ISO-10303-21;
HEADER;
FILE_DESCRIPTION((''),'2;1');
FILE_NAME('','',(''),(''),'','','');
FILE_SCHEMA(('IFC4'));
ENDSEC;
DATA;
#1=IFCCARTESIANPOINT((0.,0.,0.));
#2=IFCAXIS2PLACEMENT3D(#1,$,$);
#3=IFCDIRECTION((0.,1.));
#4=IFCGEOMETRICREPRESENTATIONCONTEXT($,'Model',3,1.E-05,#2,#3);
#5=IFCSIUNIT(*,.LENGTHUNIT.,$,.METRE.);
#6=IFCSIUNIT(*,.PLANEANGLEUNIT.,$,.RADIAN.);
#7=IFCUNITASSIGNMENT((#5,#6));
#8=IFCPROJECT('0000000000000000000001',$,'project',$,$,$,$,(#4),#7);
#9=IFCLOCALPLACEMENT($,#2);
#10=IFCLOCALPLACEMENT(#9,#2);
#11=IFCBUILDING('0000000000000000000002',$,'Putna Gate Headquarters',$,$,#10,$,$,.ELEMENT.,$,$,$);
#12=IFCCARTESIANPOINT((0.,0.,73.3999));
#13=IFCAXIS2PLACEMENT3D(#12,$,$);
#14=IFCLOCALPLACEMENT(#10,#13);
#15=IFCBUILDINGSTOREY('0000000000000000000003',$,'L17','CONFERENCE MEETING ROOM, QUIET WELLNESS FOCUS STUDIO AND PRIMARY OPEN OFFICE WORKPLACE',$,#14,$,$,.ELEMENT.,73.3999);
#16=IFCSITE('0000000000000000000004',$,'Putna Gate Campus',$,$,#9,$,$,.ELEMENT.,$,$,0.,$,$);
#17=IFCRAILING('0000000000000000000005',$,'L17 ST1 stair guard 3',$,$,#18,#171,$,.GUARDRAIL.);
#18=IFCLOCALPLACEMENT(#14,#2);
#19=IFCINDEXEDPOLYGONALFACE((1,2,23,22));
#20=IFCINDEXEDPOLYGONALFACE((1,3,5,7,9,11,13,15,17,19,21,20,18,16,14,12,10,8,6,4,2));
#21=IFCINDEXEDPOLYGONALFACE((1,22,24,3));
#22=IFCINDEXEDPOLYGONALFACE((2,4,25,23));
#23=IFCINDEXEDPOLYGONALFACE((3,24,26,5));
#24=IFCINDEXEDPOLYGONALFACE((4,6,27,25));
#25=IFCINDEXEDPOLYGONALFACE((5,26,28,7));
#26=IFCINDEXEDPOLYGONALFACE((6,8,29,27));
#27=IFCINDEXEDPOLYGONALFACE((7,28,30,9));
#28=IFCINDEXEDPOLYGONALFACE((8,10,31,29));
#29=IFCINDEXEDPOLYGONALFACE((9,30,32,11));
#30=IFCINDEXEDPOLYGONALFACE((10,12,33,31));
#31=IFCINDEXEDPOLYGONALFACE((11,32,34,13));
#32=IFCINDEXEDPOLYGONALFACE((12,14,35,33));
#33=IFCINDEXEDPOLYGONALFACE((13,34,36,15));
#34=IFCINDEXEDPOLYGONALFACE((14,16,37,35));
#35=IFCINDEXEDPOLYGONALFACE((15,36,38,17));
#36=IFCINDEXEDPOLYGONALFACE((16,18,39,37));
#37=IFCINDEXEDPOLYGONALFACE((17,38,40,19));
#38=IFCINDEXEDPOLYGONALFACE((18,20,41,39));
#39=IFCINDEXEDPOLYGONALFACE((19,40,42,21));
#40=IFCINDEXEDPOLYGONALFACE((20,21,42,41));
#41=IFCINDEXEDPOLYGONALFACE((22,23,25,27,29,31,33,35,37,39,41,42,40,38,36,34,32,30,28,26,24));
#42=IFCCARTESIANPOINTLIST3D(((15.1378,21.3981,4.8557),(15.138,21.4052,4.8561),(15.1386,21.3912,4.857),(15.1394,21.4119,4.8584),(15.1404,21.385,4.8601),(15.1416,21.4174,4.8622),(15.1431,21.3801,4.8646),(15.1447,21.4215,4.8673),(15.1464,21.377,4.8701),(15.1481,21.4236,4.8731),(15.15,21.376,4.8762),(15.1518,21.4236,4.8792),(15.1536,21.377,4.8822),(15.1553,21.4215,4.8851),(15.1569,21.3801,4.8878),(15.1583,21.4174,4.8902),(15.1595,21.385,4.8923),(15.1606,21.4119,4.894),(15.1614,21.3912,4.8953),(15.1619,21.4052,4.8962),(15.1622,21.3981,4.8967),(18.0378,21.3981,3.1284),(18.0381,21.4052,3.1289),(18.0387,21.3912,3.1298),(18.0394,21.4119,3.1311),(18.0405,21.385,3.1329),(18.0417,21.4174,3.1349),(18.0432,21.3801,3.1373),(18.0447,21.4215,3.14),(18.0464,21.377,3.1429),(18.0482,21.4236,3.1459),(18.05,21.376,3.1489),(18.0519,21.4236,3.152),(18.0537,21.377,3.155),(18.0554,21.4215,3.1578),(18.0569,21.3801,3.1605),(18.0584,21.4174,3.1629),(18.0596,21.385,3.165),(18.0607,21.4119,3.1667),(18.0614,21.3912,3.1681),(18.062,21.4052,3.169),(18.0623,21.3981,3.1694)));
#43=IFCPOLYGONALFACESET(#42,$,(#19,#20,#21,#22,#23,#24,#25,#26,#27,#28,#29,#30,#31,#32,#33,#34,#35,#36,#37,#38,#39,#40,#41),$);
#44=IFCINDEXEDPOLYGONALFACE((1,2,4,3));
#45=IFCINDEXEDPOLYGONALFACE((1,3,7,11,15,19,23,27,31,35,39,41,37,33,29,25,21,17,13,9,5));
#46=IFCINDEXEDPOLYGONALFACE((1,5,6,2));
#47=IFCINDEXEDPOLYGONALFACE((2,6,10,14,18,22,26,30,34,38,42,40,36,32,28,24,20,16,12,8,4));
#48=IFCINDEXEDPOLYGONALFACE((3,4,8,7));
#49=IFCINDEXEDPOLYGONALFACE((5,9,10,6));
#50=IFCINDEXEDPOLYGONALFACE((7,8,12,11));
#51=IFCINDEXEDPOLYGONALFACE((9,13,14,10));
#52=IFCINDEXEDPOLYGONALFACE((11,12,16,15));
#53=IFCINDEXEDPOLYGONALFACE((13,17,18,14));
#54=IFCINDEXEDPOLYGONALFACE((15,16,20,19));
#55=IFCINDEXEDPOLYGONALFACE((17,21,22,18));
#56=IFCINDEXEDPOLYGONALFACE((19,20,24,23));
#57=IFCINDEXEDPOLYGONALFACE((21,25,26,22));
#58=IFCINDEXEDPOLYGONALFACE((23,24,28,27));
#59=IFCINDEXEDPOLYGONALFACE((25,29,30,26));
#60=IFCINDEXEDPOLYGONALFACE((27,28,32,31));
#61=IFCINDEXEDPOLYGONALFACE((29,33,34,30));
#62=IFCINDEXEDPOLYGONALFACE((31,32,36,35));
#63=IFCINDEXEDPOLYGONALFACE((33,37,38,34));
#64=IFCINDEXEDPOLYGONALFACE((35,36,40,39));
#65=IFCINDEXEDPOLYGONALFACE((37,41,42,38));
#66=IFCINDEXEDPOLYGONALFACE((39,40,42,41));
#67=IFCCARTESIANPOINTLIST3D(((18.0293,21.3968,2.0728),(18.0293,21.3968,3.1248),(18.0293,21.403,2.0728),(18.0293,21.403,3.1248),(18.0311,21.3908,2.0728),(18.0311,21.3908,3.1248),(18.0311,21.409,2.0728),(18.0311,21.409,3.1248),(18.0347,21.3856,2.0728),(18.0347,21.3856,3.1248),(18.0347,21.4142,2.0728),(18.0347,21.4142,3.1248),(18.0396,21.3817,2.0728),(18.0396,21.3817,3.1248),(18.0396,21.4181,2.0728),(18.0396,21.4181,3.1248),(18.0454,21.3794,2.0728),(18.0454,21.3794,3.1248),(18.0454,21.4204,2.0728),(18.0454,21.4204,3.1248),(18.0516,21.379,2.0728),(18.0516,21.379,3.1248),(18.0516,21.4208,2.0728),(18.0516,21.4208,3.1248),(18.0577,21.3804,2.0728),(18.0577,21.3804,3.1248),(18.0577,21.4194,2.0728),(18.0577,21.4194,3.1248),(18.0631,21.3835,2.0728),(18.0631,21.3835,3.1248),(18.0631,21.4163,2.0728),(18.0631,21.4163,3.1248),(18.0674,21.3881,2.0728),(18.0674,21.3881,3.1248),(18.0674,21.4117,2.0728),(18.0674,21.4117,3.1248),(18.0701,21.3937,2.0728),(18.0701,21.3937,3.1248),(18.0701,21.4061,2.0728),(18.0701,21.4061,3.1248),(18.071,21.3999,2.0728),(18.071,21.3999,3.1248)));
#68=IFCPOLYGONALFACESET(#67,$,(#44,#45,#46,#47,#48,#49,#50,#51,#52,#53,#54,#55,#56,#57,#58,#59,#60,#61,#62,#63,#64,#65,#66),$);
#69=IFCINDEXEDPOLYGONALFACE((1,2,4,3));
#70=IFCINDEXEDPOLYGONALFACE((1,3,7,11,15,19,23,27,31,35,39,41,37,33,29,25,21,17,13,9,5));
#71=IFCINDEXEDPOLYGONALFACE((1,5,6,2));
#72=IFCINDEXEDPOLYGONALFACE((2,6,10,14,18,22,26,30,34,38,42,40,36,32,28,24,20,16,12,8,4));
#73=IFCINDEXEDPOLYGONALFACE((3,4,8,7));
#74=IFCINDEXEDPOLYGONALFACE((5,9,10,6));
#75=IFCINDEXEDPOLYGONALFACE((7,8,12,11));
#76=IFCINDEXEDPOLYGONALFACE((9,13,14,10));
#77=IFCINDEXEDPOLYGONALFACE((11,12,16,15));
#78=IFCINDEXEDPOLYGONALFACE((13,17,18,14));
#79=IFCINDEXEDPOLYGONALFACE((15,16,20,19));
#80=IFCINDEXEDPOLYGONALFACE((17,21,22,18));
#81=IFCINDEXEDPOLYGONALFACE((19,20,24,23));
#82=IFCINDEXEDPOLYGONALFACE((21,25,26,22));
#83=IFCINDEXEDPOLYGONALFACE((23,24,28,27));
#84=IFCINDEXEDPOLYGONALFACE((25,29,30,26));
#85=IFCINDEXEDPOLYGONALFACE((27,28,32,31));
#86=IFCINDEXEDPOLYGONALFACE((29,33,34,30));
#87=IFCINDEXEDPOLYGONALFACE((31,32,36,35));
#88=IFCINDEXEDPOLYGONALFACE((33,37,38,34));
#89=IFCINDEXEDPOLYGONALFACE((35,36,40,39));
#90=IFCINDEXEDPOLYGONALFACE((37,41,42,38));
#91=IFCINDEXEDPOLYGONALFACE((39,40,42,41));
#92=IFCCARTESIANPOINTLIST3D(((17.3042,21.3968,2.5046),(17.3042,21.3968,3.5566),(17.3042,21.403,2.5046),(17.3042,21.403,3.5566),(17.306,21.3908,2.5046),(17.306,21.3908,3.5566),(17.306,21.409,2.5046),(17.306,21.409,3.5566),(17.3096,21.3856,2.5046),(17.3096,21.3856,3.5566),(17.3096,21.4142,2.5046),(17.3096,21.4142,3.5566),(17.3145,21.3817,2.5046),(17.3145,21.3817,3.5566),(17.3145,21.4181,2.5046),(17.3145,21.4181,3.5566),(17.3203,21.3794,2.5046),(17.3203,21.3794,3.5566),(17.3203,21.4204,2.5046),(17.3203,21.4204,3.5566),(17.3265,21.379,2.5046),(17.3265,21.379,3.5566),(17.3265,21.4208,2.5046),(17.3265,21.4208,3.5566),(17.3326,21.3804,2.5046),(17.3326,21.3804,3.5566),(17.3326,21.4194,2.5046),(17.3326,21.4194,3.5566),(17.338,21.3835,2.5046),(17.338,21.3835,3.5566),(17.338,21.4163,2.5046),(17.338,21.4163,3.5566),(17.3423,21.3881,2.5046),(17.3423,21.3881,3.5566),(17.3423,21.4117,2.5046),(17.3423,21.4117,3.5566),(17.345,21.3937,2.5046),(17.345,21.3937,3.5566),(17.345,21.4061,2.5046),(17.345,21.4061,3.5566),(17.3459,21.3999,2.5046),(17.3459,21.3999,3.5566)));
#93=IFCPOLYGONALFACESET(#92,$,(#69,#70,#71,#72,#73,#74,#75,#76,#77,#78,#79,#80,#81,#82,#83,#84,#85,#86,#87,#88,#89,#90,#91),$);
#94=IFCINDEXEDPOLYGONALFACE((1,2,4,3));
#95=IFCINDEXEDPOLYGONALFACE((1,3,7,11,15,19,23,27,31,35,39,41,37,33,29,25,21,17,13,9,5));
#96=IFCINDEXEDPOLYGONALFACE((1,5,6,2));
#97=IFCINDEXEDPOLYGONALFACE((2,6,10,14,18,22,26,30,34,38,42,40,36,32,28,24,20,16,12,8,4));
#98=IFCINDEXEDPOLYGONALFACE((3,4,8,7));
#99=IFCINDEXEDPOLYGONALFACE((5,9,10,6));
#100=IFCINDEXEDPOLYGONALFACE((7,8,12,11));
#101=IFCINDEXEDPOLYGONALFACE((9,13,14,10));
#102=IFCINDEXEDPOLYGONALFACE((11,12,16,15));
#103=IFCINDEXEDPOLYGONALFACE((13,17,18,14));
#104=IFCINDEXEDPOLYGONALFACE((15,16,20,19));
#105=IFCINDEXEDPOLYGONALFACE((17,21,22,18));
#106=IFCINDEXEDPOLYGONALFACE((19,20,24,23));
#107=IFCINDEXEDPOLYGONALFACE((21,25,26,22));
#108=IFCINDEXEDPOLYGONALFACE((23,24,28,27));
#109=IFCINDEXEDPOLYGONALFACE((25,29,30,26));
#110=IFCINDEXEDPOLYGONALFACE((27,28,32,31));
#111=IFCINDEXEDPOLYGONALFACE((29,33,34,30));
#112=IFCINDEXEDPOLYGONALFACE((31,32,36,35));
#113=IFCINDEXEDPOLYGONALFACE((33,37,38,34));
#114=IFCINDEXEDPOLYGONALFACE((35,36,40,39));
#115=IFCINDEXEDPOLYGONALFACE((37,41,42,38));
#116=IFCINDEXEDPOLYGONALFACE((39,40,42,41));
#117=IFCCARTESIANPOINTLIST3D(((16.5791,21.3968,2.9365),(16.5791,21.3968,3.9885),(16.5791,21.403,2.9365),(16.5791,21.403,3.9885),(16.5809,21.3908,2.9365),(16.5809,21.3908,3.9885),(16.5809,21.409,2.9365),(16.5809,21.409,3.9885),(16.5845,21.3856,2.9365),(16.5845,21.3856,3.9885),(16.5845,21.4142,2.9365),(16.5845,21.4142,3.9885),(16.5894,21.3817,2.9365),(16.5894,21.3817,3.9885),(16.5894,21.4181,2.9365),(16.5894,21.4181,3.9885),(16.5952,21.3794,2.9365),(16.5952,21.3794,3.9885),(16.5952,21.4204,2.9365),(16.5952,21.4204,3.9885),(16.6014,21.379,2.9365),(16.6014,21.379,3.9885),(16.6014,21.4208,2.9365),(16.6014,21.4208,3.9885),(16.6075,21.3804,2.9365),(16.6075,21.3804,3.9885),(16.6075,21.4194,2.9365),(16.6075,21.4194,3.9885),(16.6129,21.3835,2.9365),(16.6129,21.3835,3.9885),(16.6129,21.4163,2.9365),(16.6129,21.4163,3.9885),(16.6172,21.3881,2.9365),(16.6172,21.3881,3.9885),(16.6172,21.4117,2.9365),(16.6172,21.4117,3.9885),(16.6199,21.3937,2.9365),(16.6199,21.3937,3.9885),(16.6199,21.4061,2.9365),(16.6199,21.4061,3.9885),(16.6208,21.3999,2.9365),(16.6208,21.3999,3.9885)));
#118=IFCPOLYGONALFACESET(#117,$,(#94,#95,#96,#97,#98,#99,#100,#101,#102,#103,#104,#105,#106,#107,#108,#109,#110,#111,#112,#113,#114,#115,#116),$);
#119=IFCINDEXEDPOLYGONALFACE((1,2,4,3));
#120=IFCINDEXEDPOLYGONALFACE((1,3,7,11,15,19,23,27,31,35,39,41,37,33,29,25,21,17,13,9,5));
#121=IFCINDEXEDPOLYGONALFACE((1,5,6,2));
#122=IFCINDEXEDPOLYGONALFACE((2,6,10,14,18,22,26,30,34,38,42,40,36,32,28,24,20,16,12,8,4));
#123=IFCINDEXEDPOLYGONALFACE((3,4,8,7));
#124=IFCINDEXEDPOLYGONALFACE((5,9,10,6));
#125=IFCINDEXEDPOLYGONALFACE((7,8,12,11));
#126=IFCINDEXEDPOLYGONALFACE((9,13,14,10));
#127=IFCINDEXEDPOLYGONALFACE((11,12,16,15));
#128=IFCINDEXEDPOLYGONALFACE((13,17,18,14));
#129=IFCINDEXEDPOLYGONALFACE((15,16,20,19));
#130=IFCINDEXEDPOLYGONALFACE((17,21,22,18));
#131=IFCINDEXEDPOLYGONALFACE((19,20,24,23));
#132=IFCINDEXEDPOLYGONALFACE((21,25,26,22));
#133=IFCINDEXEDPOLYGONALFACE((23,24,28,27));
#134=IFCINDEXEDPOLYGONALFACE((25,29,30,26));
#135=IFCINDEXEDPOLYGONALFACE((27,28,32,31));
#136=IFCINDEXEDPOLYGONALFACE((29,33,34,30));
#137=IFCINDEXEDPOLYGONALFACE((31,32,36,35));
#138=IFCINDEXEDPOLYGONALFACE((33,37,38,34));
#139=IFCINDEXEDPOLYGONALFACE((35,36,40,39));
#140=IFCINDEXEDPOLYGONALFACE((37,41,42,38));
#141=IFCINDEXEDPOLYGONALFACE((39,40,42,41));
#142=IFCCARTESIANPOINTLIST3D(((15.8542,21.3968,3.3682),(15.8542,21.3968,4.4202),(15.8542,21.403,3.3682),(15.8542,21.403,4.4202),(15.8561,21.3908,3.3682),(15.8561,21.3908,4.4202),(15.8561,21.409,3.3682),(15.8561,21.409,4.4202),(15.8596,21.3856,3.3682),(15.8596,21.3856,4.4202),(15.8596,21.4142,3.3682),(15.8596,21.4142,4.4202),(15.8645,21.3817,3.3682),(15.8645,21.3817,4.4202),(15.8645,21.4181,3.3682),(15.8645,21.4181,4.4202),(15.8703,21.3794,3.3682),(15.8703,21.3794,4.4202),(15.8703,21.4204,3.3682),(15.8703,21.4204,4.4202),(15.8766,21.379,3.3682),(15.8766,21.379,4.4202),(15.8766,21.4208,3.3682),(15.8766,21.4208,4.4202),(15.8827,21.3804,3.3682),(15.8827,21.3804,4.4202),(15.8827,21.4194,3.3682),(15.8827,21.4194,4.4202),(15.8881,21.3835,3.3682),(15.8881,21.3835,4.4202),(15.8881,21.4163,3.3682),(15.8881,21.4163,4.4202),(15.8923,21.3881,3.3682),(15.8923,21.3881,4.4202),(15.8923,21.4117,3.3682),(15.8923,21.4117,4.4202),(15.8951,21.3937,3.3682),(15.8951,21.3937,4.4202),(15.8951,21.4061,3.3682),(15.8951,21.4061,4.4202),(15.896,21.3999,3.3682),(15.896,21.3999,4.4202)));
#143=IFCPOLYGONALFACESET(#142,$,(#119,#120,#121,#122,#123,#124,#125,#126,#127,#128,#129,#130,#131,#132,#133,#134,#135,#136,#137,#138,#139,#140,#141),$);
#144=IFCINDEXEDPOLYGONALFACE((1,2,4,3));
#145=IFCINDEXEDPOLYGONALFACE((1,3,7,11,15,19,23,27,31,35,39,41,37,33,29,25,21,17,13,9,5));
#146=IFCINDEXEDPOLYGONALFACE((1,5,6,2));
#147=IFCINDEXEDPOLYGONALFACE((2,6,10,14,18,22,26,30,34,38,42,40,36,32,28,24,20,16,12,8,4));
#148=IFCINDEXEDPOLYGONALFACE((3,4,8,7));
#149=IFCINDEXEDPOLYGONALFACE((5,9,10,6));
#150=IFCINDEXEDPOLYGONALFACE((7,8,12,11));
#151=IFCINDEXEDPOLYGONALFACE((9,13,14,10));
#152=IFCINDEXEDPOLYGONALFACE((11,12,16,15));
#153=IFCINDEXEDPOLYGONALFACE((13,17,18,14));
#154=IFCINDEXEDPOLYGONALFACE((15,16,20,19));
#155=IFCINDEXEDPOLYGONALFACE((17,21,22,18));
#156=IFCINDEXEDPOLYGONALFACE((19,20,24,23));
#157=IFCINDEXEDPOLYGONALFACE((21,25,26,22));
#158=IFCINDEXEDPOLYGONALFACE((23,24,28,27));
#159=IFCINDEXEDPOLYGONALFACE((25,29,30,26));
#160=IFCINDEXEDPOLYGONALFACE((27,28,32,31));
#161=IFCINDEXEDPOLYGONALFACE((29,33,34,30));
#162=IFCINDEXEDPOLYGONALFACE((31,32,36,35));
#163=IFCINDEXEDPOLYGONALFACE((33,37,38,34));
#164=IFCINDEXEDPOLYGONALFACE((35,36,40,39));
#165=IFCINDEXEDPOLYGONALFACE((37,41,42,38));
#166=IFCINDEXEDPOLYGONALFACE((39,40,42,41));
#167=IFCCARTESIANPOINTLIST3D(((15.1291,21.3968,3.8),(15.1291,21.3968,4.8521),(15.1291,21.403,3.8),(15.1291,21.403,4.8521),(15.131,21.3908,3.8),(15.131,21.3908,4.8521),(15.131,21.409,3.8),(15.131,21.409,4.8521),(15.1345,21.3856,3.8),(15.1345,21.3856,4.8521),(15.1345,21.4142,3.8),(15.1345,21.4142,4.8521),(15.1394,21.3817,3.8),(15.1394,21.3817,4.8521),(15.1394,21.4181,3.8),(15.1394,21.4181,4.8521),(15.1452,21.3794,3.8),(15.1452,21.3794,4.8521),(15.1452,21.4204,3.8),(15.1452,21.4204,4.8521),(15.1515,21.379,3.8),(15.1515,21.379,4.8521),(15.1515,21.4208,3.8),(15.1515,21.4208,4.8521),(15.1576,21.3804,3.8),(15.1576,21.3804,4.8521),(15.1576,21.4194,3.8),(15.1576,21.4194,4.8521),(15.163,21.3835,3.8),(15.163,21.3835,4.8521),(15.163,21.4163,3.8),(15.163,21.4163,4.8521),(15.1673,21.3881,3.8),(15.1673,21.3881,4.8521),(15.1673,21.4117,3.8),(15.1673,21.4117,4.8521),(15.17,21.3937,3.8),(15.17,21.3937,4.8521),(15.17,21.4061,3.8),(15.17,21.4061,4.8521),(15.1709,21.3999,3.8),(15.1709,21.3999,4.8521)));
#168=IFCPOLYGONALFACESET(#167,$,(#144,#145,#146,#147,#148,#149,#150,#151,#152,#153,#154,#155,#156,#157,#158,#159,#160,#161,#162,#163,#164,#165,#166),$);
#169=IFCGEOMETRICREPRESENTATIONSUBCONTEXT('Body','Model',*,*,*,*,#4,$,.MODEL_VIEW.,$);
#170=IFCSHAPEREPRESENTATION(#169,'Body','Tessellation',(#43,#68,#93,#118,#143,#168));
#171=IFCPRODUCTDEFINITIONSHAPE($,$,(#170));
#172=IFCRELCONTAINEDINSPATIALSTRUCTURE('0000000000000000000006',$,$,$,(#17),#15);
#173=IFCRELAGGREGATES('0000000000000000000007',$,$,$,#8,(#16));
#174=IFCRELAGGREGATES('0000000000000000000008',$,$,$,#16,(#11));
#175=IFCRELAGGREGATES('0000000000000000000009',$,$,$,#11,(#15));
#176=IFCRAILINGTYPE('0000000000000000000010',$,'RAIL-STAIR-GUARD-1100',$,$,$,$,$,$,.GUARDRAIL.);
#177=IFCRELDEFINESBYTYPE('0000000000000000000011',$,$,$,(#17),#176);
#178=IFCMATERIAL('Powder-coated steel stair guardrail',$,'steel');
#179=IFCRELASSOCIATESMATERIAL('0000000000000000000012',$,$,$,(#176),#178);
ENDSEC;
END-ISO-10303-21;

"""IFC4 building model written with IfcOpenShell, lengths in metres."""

from ifc_helpers import new_model, si_unit, direction, frame, origin, origin_2d, place, context, subcontext, project, spatial, circle, extrude, material, type_object, element, save


model = new_model("IFC4")

# Units and contexts
model_context = context("Model", 3, precision=1e-05, world=origin(), true_north=direction((0.0, 1.0)))
body_context = subcontext(model_context, "Body", "Model", "MODEL_VIEW")
ifc_project = project(units=[si_unit("LENGTHUNIT", "METRE"), si_unit("PLANEANGLEUNIT", "RADIAN")], contexts=[model_context])

# Site, building, storey
site_placement = place(None, origin())
site = spatial("IfcSite", under=ifc_project, at=site_placement, Name="Putna Gate Campus", CompositionType="ELEMENT", RefElevation=0.0)
building_placement = place(site_placement, origin())
building = spatial("IfcBuilding", under=site, at=building_placement, Name="Putna Gate Headquarters", CompositionType="ELEMENT")
storey_placement = place(building_placement, frame((0.0, 0.0, 73.3999)))
storey = spatial("IfcBuildingStorey", under=building, at=storey_placement, Name="L17", Description="CONFERENCE MEETING ROOM, QUIET WELLNESS FOCUS STUDIO AND PRIMARY OPEN OFFICE WORKPLACE", CompositionType="ELEMENT", Elevation=73.3999)

# Railing
ifc_material_1 = material(Name="Powder-coated steel stair guardrail", Category="steel")
railing_type_1 = type_object("IfcRailingType", Name="RAIL-STAIR-GUARD-1100", PredefinedType="GUARDRAIL", material=ifc_material_1)
railing_1_placement = place(storey_placement, frame((18.05, 21.3999, 2.0728)))
element("IfcRailing", 1, at=railing_1_placement, inside=storey, type_object=railing_type_1, Name="L17 ST1 stair guard 3", PredefinedType="GUARDRAIL", context=body_context, shape_type="SweptSolid", body=[
    extrude(circle(Radius=0.0239, at=origin_2d()), frame((0.0, 0.0, 1.0762), z_axis=(-0.85916, 0.0, 0.511706), x_axis=(0.0, -1.0, 0.0)), (0.0, 0.0, 1.0), 3.3755),
    extrude(circle(Radius=0.021, at=origin_2d()), origin(), (0.0, 0.0, 1.0), 1.052),
    extrude(circle(Radius=0.021, at=origin_2d()), frame((-0.7251, 0.0, 0.4319)), (0.0, 0.0, 1.0), 1.052),
    extrude(circle(Radius=0.021, at=origin_2d()), frame((-1.4502, 0.0, 0.8638)), (0.0, 0.0, 1.0), 1.052),
    extrude(circle(Radius=0.021, at=origin_2d()), frame((-2.175, 0.0, 1.2954)), (0.0, 0.0, 1.0), 1.052),
    extrude(circle(Radius=0.021, at=origin_2d()), frame((-2.9001, 0.0, 1.7273)), (0.0, 0.0, 1.0), 1.052),
])

save(model, "model.ifc")
